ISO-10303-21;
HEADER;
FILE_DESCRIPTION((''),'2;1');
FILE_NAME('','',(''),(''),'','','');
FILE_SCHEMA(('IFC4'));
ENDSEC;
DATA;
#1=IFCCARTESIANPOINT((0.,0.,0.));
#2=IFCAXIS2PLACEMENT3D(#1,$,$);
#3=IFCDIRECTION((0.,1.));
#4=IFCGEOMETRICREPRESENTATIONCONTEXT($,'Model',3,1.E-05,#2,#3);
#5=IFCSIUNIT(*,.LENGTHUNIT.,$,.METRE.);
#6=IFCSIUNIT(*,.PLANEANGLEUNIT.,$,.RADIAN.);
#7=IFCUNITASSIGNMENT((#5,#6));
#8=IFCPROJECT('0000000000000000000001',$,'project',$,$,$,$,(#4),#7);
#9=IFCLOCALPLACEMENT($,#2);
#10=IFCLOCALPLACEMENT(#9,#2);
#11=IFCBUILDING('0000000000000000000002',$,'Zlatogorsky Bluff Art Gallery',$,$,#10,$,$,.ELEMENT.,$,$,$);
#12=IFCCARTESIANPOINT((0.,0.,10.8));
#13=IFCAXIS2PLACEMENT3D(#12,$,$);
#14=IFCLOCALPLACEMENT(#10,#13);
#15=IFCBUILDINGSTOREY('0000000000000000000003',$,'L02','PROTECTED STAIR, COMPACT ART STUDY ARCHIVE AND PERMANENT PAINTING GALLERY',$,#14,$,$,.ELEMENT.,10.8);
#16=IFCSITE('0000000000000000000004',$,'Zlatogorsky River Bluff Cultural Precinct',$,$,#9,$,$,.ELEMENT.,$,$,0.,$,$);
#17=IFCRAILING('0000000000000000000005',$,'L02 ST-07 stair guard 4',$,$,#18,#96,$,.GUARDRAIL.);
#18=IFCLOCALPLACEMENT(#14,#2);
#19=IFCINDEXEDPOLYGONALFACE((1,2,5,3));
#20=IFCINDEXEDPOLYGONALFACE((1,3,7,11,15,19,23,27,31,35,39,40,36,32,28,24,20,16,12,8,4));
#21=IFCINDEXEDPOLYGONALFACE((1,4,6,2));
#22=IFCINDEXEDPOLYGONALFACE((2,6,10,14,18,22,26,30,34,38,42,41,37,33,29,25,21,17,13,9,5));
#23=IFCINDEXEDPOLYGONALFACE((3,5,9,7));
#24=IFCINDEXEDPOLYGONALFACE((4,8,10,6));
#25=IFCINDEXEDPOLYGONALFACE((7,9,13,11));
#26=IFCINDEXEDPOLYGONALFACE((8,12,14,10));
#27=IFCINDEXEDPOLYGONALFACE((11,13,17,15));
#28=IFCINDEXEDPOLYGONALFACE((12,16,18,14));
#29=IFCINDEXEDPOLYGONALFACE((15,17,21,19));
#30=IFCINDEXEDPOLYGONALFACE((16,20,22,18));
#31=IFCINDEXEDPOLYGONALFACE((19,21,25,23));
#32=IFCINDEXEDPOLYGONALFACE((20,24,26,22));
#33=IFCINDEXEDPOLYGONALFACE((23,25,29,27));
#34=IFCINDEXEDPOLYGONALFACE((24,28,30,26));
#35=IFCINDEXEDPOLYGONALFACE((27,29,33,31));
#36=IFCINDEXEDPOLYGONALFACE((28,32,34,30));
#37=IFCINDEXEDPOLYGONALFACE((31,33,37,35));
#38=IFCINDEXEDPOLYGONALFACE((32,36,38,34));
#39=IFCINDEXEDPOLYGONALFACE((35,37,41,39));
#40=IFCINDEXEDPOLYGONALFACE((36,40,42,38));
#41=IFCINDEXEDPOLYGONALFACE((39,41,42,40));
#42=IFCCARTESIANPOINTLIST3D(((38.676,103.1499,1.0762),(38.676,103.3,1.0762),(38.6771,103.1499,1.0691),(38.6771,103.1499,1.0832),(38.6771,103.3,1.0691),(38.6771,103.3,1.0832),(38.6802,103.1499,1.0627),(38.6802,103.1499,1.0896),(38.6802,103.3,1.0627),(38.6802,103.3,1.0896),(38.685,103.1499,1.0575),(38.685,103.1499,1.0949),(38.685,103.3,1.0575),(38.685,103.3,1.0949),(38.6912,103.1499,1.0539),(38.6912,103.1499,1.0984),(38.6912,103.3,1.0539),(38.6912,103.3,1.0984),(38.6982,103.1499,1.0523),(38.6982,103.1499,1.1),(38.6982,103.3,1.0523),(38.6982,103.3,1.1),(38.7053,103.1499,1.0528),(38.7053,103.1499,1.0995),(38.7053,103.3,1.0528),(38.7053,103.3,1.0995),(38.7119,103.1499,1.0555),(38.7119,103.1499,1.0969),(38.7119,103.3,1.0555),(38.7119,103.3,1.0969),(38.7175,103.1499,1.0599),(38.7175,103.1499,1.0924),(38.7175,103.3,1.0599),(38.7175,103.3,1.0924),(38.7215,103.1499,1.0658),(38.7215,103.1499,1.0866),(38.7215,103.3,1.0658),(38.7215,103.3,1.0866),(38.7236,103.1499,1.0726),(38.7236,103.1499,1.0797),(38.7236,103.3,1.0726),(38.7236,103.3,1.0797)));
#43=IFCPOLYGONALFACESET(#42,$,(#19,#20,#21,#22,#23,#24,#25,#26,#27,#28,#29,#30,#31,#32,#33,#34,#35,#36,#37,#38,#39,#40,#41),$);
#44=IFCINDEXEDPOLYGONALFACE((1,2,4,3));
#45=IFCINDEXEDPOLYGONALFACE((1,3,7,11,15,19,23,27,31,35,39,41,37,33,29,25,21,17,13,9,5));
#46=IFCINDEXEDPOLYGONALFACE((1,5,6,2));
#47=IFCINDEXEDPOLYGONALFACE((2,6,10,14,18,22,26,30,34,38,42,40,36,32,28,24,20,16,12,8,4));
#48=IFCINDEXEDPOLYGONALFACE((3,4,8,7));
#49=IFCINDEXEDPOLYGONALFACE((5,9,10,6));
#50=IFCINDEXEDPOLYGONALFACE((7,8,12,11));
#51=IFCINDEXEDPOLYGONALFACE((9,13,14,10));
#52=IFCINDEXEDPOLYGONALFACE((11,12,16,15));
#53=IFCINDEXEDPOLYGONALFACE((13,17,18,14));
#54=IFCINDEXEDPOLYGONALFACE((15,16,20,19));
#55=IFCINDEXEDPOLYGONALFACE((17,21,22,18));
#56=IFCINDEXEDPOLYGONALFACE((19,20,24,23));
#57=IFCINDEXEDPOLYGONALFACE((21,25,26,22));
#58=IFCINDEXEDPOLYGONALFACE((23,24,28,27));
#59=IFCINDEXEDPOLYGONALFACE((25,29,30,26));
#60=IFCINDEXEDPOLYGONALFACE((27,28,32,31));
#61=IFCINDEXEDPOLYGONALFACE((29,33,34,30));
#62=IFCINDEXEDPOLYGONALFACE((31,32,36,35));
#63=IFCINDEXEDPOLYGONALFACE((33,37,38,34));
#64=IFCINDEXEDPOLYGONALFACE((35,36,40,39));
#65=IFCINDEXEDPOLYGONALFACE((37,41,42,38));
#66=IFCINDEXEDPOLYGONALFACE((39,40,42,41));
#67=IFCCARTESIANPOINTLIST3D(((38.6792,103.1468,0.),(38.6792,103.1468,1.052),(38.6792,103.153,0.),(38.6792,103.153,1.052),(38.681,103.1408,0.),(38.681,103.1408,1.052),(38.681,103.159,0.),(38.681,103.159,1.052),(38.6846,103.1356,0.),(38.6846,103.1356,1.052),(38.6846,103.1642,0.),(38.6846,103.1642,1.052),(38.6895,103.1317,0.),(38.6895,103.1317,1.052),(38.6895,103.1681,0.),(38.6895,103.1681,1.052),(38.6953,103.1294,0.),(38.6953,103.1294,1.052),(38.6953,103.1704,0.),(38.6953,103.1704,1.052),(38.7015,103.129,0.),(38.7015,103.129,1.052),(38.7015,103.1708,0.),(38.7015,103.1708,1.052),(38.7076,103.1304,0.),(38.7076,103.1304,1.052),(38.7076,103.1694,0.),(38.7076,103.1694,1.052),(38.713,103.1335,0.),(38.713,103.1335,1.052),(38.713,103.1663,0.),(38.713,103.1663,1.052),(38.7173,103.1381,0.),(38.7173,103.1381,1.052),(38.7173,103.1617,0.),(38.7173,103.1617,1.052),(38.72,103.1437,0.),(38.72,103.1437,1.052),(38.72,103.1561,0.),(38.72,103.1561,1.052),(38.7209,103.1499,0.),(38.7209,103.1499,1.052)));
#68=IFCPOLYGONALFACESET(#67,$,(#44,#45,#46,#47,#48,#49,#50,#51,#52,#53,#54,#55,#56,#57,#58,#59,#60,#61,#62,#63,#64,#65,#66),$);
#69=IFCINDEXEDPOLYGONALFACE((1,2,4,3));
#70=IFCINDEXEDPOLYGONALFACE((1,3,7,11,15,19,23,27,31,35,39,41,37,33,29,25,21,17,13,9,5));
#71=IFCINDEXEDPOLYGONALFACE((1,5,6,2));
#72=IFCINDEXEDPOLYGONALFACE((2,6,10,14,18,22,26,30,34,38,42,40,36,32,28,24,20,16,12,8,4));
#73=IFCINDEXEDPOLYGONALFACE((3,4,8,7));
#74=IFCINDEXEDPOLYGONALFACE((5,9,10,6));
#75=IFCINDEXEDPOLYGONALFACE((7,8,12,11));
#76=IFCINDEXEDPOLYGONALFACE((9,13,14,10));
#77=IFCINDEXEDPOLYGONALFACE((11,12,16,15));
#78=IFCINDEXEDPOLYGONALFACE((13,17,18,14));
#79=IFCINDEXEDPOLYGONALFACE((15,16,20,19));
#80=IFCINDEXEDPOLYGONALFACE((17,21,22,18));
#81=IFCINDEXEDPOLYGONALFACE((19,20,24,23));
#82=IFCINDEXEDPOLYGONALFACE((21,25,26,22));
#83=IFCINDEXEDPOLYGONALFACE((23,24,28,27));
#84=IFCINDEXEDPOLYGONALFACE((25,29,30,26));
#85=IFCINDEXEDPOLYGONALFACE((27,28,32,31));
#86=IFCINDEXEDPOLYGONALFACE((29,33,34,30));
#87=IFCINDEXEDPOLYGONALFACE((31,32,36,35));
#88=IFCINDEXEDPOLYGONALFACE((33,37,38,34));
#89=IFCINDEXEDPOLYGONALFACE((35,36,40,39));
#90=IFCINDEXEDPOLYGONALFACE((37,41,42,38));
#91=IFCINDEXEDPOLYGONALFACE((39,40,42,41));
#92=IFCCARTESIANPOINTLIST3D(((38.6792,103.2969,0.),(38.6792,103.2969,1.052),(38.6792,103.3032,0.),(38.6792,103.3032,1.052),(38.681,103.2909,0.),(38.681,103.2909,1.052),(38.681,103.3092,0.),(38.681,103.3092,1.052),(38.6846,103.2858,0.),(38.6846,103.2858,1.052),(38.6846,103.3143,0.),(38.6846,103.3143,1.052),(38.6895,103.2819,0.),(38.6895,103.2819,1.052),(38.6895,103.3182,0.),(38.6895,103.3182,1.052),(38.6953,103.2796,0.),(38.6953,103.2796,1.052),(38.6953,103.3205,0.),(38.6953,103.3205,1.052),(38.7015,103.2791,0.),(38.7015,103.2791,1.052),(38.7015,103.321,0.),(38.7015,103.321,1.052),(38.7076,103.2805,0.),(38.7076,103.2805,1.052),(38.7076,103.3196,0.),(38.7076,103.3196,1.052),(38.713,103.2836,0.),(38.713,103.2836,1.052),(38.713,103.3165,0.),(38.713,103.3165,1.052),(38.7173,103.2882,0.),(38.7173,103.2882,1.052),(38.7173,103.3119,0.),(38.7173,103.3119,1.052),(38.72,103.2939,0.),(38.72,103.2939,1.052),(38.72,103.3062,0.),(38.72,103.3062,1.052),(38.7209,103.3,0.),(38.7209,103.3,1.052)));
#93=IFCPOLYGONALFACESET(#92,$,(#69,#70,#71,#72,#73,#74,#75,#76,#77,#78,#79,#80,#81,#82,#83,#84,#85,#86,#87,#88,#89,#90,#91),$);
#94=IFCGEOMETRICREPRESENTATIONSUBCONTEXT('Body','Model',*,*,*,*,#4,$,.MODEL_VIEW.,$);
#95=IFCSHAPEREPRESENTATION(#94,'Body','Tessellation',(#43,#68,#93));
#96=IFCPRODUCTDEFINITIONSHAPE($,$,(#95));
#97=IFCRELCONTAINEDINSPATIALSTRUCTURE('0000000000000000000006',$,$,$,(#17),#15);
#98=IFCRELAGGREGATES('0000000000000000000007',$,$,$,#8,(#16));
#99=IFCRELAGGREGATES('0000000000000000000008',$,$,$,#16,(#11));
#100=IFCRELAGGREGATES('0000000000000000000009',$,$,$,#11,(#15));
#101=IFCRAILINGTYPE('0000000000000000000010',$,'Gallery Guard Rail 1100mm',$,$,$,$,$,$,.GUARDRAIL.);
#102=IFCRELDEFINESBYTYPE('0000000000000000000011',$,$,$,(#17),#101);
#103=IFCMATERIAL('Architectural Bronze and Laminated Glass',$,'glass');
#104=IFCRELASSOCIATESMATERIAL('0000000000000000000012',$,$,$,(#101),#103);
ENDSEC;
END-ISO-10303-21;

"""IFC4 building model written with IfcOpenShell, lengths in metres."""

from ifc_helpers import new_model, si_unit, direction, frame, origin, origin_2d, place, context, subcontext, project, spatial, circle, extrude, material, type_object, element, save


model = new_model("IFC4")

# Units and contexts
model_context = context("Model", 3, precision=1e-05, world=origin(), true_north=direction((0.0, 1.0)))
body_context = subcontext(model_context, "Body", "Model", "MODEL_VIEW")
ifc_project = project(units=[si_unit("LENGTHUNIT", "METRE"), si_unit("PLANEANGLEUNIT", "RADIAN")], contexts=[model_context])

# Site, building, storey
site_placement = place(None, origin())
site = spatial("IfcSite", under=ifc_project, at=site_placement, Name="Zlatogorsky River Bluff Cultural Precinct", CompositionType="ELEMENT", RefElevation=0.0)
building_placement = place(site_placement, origin())
building = spatial("IfcBuilding", under=site, at=building_placement, Name="Zlatogorsky Bluff Art Gallery", CompositionType="ELEMENT")
storey_placement = place(building_placement, frame((0.0, 0.0, 10.8)))
storey = spatial("IfcBuildingStorey", under=building, at=storey_placement, Name="L02", Description="PROTECTED STAIR, COMPACT ART STUDY ARCHIVE AND PERMANENT PAINTING GALLERY", CompositionType="ELEMENT", Elevation=10.8)

# Railing
ifc_material_1 = material(Name="Architectural Bronze and Laminated Glass", Category="glass")
railing_type_1 = type_object("IfcRailingType", Name="Gallery Guard Rail 1100mm", PredefinedType="GUARDRAIL", material=ifc_material_1)
railing_1_placement = place(storey_placement, frame((38.7, 103.1499, 0.0)))
element("IfcRailing", 1, at=railing_1_placement, inside=storey, type_object=railing_type_1, Name="L02 ST-07 stair guard 4", PredefinedType="GUARDRAIL", context=body_context, shape_type="SweptSolid", body=[
    extrude(circle(Radius=0.0239, at=origin_2d()), frame((0.0, 0.0, 1.0762), z_axis=(0.0, 1.0, 0.0), x_axis=(-1.0, 0.0, 0.0)), (0.0, 0.0, 1.0), 0.1501),
    extrude(circle(Radius=0.021, at=origin_2d()), origin(), (0.0, 0.0, 1.0), 1.052),
    extrude(circle(Radius=0.021, at=origin_2d()), frame((0.0, 0.1501, 0.0)), (0.0, 0.0, 1.0), 1.052),
])

save(model, "model.ifc")
